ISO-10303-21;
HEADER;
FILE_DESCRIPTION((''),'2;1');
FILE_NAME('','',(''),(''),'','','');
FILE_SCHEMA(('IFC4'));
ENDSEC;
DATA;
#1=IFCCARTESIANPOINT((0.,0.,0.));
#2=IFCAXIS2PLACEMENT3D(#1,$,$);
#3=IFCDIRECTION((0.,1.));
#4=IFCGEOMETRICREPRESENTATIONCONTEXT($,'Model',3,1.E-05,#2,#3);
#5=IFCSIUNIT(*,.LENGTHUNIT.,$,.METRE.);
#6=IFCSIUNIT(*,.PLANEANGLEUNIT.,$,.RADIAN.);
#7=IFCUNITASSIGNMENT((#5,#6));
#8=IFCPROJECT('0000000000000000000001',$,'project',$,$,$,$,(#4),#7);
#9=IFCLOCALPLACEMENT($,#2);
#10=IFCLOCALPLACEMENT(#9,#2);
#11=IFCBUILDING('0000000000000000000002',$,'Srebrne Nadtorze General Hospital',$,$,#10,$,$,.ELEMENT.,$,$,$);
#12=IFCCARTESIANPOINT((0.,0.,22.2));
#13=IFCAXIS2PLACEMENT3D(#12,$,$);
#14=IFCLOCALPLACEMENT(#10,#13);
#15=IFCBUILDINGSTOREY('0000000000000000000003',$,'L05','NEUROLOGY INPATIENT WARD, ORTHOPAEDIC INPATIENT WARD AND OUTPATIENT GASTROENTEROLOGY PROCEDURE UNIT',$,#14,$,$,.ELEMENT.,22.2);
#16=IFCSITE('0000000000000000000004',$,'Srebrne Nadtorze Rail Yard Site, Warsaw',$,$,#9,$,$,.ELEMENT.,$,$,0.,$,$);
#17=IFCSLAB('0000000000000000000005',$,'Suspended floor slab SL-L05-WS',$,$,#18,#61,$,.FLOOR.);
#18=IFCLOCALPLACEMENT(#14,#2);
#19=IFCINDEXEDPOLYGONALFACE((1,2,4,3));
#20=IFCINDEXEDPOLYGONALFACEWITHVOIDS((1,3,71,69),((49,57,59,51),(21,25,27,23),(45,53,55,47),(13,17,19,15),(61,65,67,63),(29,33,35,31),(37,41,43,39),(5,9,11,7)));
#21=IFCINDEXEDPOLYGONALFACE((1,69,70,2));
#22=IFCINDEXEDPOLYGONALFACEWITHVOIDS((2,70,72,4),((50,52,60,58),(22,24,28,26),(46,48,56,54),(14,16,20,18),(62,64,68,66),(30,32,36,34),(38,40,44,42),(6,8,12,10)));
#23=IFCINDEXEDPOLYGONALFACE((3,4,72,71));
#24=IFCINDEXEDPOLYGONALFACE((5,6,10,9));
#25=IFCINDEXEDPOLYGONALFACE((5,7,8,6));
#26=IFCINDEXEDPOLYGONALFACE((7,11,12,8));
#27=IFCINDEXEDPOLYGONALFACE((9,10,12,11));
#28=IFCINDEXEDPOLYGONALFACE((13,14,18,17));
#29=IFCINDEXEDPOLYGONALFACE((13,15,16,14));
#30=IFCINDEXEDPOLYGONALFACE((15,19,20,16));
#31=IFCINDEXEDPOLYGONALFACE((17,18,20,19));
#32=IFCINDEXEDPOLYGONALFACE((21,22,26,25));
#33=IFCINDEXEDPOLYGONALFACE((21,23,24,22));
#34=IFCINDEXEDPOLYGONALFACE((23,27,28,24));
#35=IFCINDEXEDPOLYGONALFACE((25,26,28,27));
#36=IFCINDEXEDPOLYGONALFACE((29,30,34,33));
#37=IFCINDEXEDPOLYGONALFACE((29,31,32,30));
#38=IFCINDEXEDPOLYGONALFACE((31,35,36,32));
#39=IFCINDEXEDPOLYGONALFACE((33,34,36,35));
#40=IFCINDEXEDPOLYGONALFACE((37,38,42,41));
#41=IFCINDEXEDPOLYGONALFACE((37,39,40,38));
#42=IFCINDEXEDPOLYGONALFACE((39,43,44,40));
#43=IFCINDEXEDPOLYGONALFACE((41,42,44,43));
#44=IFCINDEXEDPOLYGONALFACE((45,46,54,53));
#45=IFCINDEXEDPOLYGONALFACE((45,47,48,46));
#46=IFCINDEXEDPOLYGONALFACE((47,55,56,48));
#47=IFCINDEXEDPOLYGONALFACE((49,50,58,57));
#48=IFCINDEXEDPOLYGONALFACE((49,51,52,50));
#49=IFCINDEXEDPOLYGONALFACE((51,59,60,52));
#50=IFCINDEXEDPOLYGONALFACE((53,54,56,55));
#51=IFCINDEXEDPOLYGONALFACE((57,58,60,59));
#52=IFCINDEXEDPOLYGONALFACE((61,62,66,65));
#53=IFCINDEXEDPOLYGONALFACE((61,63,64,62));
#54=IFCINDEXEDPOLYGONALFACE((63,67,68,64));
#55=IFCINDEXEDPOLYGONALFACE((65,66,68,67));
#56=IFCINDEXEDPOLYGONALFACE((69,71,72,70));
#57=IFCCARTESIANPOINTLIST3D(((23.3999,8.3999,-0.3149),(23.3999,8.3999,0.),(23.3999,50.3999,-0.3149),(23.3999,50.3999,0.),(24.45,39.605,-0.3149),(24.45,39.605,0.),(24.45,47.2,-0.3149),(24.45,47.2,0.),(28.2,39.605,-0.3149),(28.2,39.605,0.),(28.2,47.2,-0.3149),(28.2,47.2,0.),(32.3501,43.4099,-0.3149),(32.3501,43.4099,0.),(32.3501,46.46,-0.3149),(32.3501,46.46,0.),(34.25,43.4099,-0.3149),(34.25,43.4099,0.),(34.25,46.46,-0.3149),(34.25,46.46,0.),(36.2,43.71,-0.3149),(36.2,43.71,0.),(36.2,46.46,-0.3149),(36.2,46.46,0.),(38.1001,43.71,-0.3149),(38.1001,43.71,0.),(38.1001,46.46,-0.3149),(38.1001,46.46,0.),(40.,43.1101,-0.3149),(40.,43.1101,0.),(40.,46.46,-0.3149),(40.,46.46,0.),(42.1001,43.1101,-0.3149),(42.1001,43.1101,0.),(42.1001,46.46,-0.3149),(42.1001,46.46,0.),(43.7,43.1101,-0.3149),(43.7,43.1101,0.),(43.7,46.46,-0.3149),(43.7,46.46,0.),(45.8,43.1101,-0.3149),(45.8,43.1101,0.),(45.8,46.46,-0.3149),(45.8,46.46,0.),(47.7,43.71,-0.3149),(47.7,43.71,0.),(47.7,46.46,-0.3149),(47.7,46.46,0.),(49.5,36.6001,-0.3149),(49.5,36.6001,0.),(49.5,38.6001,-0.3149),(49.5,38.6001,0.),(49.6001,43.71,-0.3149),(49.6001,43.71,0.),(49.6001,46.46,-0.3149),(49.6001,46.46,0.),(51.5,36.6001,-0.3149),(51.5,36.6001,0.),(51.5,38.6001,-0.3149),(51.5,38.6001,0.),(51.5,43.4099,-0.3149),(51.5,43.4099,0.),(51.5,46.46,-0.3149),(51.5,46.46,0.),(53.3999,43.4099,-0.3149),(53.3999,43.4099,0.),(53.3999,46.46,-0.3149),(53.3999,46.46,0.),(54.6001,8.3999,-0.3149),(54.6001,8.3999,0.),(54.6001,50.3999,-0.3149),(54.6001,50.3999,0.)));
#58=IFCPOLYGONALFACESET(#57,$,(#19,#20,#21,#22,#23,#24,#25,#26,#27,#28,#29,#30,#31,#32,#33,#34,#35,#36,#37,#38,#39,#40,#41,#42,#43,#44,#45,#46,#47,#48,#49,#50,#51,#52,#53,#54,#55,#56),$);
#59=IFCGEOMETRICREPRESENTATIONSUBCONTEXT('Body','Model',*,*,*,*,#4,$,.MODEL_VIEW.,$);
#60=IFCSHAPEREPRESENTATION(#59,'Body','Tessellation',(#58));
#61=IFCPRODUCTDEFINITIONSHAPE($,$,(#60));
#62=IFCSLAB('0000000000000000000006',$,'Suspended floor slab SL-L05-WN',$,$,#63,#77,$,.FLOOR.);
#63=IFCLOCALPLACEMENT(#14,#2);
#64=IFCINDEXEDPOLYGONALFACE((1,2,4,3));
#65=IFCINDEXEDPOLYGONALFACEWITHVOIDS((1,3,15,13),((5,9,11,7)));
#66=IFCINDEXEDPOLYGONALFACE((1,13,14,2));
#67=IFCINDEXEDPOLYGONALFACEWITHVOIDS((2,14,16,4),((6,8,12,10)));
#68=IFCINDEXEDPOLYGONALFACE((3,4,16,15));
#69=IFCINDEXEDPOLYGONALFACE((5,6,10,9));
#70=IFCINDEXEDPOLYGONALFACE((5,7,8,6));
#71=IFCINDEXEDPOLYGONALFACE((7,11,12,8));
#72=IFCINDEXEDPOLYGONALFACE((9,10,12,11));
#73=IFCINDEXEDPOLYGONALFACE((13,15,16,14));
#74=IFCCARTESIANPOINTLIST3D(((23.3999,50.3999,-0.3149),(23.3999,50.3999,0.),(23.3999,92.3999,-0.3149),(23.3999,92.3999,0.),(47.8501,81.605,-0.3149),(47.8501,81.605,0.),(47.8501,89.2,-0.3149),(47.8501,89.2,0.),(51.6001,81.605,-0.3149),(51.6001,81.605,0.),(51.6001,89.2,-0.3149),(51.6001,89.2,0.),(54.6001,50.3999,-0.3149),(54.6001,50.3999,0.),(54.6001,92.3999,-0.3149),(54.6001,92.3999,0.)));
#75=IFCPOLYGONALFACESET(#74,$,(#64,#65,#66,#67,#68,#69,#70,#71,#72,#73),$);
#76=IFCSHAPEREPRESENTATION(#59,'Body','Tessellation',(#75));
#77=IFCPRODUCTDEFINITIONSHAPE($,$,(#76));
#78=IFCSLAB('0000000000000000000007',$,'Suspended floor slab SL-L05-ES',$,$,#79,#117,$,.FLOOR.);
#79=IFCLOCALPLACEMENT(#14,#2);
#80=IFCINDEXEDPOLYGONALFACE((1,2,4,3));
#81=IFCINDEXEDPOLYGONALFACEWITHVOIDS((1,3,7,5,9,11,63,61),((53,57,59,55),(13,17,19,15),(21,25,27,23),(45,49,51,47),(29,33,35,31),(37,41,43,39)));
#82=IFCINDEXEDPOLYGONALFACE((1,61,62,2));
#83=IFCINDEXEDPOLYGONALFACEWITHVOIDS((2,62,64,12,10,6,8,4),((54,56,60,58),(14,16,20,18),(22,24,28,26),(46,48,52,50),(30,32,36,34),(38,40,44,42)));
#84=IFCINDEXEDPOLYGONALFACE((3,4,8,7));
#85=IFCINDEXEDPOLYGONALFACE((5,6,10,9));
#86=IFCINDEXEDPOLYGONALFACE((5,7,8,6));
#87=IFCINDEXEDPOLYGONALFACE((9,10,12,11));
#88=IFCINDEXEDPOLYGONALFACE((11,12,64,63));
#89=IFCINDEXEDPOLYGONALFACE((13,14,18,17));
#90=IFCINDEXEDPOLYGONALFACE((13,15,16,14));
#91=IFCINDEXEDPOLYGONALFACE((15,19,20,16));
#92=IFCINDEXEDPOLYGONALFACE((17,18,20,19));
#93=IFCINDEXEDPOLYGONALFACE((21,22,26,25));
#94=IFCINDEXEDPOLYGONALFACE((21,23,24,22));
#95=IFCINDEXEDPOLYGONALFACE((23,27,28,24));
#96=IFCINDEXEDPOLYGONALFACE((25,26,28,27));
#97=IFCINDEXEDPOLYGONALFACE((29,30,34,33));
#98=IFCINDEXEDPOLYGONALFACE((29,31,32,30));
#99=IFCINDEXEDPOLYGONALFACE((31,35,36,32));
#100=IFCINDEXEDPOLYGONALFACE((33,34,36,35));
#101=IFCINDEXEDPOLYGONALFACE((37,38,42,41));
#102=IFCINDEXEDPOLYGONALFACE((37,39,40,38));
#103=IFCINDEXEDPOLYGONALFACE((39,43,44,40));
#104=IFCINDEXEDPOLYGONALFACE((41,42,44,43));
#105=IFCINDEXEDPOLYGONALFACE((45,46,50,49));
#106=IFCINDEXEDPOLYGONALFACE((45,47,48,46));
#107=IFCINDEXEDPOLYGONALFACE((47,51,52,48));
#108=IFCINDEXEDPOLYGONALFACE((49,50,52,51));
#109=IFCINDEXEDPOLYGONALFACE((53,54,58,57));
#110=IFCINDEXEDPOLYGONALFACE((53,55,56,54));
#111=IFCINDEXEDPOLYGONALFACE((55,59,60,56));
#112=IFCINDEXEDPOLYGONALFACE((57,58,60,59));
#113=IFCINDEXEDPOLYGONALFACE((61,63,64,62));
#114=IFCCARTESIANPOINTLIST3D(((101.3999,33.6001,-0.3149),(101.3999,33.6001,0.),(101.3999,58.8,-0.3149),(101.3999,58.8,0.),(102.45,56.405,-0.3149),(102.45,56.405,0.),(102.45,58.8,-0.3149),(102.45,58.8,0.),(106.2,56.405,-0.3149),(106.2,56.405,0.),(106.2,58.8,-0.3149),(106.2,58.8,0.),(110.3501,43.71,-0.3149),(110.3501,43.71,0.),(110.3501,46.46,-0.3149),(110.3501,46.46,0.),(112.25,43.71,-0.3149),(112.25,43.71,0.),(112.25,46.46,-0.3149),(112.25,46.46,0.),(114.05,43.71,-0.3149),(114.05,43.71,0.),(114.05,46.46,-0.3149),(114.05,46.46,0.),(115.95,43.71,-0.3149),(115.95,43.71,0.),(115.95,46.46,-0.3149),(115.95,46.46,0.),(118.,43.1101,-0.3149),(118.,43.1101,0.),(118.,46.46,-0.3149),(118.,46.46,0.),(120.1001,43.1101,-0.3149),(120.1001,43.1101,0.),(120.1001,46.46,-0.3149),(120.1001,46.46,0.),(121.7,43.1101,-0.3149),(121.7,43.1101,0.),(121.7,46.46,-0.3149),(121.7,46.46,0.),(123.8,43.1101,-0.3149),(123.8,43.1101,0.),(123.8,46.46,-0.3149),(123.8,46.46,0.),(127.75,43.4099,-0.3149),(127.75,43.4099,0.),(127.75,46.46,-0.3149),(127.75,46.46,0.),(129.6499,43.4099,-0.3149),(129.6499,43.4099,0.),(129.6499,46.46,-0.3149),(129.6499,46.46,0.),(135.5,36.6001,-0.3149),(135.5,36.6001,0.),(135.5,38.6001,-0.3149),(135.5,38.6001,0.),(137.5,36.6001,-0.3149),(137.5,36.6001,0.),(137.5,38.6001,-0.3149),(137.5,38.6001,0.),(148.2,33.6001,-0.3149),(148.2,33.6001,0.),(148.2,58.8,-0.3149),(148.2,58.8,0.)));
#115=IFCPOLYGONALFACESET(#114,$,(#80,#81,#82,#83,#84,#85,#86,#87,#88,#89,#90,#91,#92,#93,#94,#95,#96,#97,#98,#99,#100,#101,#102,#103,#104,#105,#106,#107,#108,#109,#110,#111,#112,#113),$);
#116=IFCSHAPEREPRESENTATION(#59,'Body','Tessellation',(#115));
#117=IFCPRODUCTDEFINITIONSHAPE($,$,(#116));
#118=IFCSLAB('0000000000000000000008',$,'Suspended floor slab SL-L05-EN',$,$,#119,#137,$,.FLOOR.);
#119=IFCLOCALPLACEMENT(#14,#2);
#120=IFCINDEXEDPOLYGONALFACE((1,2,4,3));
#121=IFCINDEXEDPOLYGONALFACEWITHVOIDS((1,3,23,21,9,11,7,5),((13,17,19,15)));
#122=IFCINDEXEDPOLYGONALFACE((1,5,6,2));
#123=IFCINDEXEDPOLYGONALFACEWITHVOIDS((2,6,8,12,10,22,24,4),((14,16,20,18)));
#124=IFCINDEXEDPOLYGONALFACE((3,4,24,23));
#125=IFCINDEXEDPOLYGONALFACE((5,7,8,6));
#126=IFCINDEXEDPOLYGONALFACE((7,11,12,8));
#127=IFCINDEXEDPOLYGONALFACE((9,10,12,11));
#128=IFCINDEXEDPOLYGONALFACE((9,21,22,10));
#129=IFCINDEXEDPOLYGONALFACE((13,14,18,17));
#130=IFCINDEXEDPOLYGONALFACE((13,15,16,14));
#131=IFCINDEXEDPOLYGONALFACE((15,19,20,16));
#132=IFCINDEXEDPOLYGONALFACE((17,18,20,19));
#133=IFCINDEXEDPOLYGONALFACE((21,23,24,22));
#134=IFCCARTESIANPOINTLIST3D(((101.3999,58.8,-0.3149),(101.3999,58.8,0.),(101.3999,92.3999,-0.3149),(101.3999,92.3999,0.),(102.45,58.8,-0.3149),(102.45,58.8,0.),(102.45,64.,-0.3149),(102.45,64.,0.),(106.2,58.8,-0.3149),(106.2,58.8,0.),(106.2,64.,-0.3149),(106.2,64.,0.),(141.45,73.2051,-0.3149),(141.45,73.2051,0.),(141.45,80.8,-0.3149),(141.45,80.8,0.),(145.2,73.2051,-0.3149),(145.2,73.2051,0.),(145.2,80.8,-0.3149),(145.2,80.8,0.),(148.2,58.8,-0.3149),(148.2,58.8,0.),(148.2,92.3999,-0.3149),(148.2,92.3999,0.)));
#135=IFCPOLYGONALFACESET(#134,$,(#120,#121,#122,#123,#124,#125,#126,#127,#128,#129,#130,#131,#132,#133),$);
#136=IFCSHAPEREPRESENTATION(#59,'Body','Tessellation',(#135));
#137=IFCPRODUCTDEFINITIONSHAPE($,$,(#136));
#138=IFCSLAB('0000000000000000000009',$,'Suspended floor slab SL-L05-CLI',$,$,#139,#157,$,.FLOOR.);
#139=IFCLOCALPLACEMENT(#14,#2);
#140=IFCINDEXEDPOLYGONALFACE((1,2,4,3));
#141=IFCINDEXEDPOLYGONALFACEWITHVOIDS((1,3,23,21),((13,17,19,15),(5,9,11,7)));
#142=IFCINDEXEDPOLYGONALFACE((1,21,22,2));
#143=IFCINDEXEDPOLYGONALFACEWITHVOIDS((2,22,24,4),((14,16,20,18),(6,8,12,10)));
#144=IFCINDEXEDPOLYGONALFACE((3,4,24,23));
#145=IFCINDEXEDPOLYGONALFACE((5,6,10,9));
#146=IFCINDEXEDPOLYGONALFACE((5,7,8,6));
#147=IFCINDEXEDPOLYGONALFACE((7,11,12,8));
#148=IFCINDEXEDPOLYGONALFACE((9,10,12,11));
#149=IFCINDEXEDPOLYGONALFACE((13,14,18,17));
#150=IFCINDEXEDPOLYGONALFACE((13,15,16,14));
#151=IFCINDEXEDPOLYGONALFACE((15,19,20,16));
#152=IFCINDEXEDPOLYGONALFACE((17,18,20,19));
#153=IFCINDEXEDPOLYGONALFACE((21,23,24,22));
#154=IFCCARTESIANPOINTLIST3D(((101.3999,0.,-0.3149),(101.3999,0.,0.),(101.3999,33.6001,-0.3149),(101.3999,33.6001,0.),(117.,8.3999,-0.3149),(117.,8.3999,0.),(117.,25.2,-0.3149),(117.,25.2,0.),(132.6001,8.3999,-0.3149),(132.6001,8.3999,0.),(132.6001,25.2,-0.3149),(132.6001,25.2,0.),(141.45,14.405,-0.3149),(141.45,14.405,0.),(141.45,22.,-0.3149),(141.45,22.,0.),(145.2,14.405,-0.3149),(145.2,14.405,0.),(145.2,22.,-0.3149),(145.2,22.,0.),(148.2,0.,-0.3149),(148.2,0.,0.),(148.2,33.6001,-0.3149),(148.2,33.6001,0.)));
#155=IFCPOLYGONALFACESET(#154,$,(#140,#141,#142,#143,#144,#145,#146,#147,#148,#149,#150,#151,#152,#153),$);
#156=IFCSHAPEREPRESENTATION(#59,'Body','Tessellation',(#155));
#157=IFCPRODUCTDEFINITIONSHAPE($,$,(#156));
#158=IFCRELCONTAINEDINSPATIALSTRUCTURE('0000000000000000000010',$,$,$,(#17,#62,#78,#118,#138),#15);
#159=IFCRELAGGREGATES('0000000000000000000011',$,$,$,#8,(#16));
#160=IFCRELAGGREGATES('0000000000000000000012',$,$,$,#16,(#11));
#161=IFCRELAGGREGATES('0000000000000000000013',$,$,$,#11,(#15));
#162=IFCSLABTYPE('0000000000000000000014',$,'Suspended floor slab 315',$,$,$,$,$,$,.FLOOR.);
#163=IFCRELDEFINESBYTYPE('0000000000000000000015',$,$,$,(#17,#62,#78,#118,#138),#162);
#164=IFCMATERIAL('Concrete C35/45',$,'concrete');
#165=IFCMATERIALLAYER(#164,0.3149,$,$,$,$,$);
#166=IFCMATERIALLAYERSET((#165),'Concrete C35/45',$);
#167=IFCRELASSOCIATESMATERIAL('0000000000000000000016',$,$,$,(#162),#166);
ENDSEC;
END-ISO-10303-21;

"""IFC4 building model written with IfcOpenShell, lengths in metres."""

from ifc_helpers import new_model, si_unit, direction, frame, origin, place, context, subcontext, project, spatial, polyline, outline, extrude, material, layer, layer_set, type_object, element, save


model = new_model("IFC4")

# Units and contexts
model_context = context("Model", 3, precision=1e-05, world=origin(), true_north=direction((0.0, 1.0)))
body_context = subcontext(model_context, "Body", "Model", "MODEL_VIEW")
ifc_project = project(units=[si_unit("LENGTHUNIT", "METRE"), si_unit("PLANEANGLEUNIT", "RADIAN")], contexts=[model_context])

# Site, building, storey
site_placement = place(None, origin())
site = spatial("IfcSite", under=ifc_project, at=site_placement, Name="Srebrne Nadtorze Rail Yard Site, Warsaw", CompositionType="ELEMENT", RefElevation=0.0)
building_placement = place(site_placement, origin())
building = spatial("IfcBuilding", under=site, at=building_placement, Name="Srebrne Nadtorze General Hospital", CompositionType="ELEMENT")
storey_placement = place(building_placement, frame((0.0, 0.0, 22.2)))
storey = spatial("IfcBuildingStorey", under=building, at=storey_placement, Name="L05", Description="NEUROLOGY INPATIENT WARD, ORTHOPAEDIC INPATIENT WARD AND OUTPATIENT GASTROENTEROLOGY PROCEDURE UNIT", CompositionType="ELEMENT", Elevation=22.2)

# Slabs
ifc_material_1 = material(Name="Concrete C35/45", Category="concrete")
ifc_layer_1 = layer(ifc_material_1, 0.3149)
ifc_layer_set_1 = layer_set([ifc_layer_1], Name="Concrete C35/45")
slab_type_1 = type_object("IfcSlabType", Name="Suspended floor slab 315", PredefinedType="FLOOR", material=ifc_layer_set_1)
slab_1_placement = place(storey_placement, frame((0.0, 0.0, -0.3149)))
element("IfcSlab", 1, at=slab_1_placement, inside=storey, type_object=slab_type_1, Name="Suspended floor slab SL-L05-WS", PredefinedType="FLOOR", context=body_context, shape_type="SweptSolid", body=[
    extrude(outline(polyline([(54.6001, 8.3999), (54.6001, 50.3999), (23.3999, 50.3999), (23.3999, 8.3999), (54.6001, 8.3999)]), holes=[polyline([(51.5, 36.6001), (49.5, 36.6001), (49.5, 38.6001), (51.5, 38.6001), (51.5, 36.6001)]), polyline([(28.2, 39.605), (24.45, 39.605), (24.45, 47.2), (28.2, 47.2), (28.2, 39.605)]), polyline([(42.1001, 43.1101), (40.0, 43.1101), (40.0, 46.46), (42.1001, 46.46), (42.1001, 43.1101)]), polyline([(45.8, 43.1101), (43.7, 43.1101), (43.7, 46.46), (45.8, 46.46), (45.8, 43.1101)]), polyline([(34.25, 43.4099), (32.3501, 43.4099), (32.3501, 46.46), (34.25, 46.46), (34.25, 43.4099)]), polyline([(53.3999, 43.4099), (51.5, 43.4099), (51.5, 46.46), (53.3999, 46.46), (53.3999, 43.4099)]), polyline([(38.1001, 43.71), (36.2, 43.71), (36.2, 46.46), (38.1001, 46.46), (38.1001, 43.71)]), polyline([(47.7, 43.71), (47.7, 46.46), (49.6001, 46.46), (49.6001, 43.71), (47.7, 43.71)])]), origin(), (0.0, 0.0, 1.0), 0.3149),
])
slab_2_placement = place(storey_placement, frame((0.0, 0.0, -0.3149)))
element("IfcSlab", 2, at=slab_2_placement, inside=storey, type_object=slab_type_1, Name="Suspended floor slab SL-L05-WN", PredefinedType="FLOOR", context=body_context, shape_type="SweptSolid", body=[
    extrude(outline(polyline([(54.6001, 50.3999), (54.6001, 92.3999), (23.3999, 92.3999), (23.3999, 50.3999), (54.6001, 50.3999)]), holes=[polyline([(51.6001, 81.605), (47.8501, 81.605), (47.8501, 89.2), (51.6001, 89.2), (51.6001, 81.605)])]), origin(), (0.0, 0.0, 1.0), 0.3149),
])
slab_3_placement = place(storey_placement, frame((0.0, 0.0, -0.3149)))
element("IfcSlab", 3, at=slab_3_placement, inside=storey, type_object=slab_type_1, Name="Suspended floor slab SL-L05-ES", PredefinedType="FLOOR", context=body_context, shape_type="SweptSolid", body=[
    extrude(outline(polyline([(106.2, 58.8), (106.2, 56.405), (102.45, 56.405), (102.45, 58.8), (101.3999, 58.8), (101.3999, 33.6001), (148.2, 33.6001), (148.2, 58.8), (106.2, 58.8)]), holes=[polyline([(135.5, 36.6001), (135.5, 38.6001), (137.5, 38.6001), (137.5, 36.6001), (135.5, 36.6001)]), polyline([(118.0, 43.1101), (118.0, 46.46), (120.1001, 46.46), (120.1001, 43.1101), (118.0, 43.1101)]), polyline([(123.8, 43.1101), (121.7, 43.1101), (121.7, 46.46), (123.8, 46.46), (123.8, 43.1101)]), polyline([(129.6499, 43.4099), (127.75, 43.4099), (127.75, 46.46), (129.6499, 46.46), (129.6499, 43.4099)]), polyline([(112.25, 43.71), (110.3501, 43.71), (110.3501, 46.46), (112.25, 46.46), (112.25, 43.71)]), polyline([(114.05, 43.71), (114.05, 46.46), (115.95, 46.46), (115.95, 43.71), (114.05, 43.71)])]), origin(), (0.0, 0.0, 1.0), 0.3149),
])
slab_4_placement = place(storey_placement, frame((0.0, 0.0, -0.3149)))
element("IfcSlab", 4, at=slab_4_placement, inside=storey, type_object=slab_type_1, Name="Suspended floor slab SL-L05-EN", PredefinedType="FLOOR", context=body_context, shape_type="SweptSolid", body=[
    extrude(outline(polyline([(102.45, 58.8), (102.45, 64.0), (106.2, 64.0), (106.2, 58.8), (148.2, 58.8), (148.2, 92.3999), (101.3999, 92.3999), (101.3999, 58.8), (102.45, 58.8)]), holes=[polyline([(141.45, 73.2051), (141.45, 80.8), (145.2, 80.8), (145.2, 73.2051), (141.45, 73.2051)])]), origin(), (0.0, 0.0, 1.0), 0.3149),
])
slab_5_placement = place(storey_placement, frame((0.0, 0.0, -0.3149)))
element("IfcSlab", 5, at=slab_5_placement, inside=storey, type_object=slab_type_1, Name="Suspended floor slab SL-L05-CLI", PredefinedType="FLOOR", context=body_context, shape_type="SweptSolid", body=[
    extrude(outline(polyline([(148.2, 0.0), (148.2, 33.6001), (101.3999, 33.6001), (101.3999, 0.0), (148.2, 0.0)]), holes=[polyline([(132.6001, 8.3999), (117.0, 8.3999), (117.0, 25.2), (132.6001, 25.2), (132.6001, 8.3999)]), polyline([(145.2, 14.405), (141.45, 14.405), (141.45, 22.0), (145.2, 22.0), (145.2, 14.405)])]), origin(), (0.0, 0.0, 1.0), 0.3149),
])

save(model, "model.ifc")
